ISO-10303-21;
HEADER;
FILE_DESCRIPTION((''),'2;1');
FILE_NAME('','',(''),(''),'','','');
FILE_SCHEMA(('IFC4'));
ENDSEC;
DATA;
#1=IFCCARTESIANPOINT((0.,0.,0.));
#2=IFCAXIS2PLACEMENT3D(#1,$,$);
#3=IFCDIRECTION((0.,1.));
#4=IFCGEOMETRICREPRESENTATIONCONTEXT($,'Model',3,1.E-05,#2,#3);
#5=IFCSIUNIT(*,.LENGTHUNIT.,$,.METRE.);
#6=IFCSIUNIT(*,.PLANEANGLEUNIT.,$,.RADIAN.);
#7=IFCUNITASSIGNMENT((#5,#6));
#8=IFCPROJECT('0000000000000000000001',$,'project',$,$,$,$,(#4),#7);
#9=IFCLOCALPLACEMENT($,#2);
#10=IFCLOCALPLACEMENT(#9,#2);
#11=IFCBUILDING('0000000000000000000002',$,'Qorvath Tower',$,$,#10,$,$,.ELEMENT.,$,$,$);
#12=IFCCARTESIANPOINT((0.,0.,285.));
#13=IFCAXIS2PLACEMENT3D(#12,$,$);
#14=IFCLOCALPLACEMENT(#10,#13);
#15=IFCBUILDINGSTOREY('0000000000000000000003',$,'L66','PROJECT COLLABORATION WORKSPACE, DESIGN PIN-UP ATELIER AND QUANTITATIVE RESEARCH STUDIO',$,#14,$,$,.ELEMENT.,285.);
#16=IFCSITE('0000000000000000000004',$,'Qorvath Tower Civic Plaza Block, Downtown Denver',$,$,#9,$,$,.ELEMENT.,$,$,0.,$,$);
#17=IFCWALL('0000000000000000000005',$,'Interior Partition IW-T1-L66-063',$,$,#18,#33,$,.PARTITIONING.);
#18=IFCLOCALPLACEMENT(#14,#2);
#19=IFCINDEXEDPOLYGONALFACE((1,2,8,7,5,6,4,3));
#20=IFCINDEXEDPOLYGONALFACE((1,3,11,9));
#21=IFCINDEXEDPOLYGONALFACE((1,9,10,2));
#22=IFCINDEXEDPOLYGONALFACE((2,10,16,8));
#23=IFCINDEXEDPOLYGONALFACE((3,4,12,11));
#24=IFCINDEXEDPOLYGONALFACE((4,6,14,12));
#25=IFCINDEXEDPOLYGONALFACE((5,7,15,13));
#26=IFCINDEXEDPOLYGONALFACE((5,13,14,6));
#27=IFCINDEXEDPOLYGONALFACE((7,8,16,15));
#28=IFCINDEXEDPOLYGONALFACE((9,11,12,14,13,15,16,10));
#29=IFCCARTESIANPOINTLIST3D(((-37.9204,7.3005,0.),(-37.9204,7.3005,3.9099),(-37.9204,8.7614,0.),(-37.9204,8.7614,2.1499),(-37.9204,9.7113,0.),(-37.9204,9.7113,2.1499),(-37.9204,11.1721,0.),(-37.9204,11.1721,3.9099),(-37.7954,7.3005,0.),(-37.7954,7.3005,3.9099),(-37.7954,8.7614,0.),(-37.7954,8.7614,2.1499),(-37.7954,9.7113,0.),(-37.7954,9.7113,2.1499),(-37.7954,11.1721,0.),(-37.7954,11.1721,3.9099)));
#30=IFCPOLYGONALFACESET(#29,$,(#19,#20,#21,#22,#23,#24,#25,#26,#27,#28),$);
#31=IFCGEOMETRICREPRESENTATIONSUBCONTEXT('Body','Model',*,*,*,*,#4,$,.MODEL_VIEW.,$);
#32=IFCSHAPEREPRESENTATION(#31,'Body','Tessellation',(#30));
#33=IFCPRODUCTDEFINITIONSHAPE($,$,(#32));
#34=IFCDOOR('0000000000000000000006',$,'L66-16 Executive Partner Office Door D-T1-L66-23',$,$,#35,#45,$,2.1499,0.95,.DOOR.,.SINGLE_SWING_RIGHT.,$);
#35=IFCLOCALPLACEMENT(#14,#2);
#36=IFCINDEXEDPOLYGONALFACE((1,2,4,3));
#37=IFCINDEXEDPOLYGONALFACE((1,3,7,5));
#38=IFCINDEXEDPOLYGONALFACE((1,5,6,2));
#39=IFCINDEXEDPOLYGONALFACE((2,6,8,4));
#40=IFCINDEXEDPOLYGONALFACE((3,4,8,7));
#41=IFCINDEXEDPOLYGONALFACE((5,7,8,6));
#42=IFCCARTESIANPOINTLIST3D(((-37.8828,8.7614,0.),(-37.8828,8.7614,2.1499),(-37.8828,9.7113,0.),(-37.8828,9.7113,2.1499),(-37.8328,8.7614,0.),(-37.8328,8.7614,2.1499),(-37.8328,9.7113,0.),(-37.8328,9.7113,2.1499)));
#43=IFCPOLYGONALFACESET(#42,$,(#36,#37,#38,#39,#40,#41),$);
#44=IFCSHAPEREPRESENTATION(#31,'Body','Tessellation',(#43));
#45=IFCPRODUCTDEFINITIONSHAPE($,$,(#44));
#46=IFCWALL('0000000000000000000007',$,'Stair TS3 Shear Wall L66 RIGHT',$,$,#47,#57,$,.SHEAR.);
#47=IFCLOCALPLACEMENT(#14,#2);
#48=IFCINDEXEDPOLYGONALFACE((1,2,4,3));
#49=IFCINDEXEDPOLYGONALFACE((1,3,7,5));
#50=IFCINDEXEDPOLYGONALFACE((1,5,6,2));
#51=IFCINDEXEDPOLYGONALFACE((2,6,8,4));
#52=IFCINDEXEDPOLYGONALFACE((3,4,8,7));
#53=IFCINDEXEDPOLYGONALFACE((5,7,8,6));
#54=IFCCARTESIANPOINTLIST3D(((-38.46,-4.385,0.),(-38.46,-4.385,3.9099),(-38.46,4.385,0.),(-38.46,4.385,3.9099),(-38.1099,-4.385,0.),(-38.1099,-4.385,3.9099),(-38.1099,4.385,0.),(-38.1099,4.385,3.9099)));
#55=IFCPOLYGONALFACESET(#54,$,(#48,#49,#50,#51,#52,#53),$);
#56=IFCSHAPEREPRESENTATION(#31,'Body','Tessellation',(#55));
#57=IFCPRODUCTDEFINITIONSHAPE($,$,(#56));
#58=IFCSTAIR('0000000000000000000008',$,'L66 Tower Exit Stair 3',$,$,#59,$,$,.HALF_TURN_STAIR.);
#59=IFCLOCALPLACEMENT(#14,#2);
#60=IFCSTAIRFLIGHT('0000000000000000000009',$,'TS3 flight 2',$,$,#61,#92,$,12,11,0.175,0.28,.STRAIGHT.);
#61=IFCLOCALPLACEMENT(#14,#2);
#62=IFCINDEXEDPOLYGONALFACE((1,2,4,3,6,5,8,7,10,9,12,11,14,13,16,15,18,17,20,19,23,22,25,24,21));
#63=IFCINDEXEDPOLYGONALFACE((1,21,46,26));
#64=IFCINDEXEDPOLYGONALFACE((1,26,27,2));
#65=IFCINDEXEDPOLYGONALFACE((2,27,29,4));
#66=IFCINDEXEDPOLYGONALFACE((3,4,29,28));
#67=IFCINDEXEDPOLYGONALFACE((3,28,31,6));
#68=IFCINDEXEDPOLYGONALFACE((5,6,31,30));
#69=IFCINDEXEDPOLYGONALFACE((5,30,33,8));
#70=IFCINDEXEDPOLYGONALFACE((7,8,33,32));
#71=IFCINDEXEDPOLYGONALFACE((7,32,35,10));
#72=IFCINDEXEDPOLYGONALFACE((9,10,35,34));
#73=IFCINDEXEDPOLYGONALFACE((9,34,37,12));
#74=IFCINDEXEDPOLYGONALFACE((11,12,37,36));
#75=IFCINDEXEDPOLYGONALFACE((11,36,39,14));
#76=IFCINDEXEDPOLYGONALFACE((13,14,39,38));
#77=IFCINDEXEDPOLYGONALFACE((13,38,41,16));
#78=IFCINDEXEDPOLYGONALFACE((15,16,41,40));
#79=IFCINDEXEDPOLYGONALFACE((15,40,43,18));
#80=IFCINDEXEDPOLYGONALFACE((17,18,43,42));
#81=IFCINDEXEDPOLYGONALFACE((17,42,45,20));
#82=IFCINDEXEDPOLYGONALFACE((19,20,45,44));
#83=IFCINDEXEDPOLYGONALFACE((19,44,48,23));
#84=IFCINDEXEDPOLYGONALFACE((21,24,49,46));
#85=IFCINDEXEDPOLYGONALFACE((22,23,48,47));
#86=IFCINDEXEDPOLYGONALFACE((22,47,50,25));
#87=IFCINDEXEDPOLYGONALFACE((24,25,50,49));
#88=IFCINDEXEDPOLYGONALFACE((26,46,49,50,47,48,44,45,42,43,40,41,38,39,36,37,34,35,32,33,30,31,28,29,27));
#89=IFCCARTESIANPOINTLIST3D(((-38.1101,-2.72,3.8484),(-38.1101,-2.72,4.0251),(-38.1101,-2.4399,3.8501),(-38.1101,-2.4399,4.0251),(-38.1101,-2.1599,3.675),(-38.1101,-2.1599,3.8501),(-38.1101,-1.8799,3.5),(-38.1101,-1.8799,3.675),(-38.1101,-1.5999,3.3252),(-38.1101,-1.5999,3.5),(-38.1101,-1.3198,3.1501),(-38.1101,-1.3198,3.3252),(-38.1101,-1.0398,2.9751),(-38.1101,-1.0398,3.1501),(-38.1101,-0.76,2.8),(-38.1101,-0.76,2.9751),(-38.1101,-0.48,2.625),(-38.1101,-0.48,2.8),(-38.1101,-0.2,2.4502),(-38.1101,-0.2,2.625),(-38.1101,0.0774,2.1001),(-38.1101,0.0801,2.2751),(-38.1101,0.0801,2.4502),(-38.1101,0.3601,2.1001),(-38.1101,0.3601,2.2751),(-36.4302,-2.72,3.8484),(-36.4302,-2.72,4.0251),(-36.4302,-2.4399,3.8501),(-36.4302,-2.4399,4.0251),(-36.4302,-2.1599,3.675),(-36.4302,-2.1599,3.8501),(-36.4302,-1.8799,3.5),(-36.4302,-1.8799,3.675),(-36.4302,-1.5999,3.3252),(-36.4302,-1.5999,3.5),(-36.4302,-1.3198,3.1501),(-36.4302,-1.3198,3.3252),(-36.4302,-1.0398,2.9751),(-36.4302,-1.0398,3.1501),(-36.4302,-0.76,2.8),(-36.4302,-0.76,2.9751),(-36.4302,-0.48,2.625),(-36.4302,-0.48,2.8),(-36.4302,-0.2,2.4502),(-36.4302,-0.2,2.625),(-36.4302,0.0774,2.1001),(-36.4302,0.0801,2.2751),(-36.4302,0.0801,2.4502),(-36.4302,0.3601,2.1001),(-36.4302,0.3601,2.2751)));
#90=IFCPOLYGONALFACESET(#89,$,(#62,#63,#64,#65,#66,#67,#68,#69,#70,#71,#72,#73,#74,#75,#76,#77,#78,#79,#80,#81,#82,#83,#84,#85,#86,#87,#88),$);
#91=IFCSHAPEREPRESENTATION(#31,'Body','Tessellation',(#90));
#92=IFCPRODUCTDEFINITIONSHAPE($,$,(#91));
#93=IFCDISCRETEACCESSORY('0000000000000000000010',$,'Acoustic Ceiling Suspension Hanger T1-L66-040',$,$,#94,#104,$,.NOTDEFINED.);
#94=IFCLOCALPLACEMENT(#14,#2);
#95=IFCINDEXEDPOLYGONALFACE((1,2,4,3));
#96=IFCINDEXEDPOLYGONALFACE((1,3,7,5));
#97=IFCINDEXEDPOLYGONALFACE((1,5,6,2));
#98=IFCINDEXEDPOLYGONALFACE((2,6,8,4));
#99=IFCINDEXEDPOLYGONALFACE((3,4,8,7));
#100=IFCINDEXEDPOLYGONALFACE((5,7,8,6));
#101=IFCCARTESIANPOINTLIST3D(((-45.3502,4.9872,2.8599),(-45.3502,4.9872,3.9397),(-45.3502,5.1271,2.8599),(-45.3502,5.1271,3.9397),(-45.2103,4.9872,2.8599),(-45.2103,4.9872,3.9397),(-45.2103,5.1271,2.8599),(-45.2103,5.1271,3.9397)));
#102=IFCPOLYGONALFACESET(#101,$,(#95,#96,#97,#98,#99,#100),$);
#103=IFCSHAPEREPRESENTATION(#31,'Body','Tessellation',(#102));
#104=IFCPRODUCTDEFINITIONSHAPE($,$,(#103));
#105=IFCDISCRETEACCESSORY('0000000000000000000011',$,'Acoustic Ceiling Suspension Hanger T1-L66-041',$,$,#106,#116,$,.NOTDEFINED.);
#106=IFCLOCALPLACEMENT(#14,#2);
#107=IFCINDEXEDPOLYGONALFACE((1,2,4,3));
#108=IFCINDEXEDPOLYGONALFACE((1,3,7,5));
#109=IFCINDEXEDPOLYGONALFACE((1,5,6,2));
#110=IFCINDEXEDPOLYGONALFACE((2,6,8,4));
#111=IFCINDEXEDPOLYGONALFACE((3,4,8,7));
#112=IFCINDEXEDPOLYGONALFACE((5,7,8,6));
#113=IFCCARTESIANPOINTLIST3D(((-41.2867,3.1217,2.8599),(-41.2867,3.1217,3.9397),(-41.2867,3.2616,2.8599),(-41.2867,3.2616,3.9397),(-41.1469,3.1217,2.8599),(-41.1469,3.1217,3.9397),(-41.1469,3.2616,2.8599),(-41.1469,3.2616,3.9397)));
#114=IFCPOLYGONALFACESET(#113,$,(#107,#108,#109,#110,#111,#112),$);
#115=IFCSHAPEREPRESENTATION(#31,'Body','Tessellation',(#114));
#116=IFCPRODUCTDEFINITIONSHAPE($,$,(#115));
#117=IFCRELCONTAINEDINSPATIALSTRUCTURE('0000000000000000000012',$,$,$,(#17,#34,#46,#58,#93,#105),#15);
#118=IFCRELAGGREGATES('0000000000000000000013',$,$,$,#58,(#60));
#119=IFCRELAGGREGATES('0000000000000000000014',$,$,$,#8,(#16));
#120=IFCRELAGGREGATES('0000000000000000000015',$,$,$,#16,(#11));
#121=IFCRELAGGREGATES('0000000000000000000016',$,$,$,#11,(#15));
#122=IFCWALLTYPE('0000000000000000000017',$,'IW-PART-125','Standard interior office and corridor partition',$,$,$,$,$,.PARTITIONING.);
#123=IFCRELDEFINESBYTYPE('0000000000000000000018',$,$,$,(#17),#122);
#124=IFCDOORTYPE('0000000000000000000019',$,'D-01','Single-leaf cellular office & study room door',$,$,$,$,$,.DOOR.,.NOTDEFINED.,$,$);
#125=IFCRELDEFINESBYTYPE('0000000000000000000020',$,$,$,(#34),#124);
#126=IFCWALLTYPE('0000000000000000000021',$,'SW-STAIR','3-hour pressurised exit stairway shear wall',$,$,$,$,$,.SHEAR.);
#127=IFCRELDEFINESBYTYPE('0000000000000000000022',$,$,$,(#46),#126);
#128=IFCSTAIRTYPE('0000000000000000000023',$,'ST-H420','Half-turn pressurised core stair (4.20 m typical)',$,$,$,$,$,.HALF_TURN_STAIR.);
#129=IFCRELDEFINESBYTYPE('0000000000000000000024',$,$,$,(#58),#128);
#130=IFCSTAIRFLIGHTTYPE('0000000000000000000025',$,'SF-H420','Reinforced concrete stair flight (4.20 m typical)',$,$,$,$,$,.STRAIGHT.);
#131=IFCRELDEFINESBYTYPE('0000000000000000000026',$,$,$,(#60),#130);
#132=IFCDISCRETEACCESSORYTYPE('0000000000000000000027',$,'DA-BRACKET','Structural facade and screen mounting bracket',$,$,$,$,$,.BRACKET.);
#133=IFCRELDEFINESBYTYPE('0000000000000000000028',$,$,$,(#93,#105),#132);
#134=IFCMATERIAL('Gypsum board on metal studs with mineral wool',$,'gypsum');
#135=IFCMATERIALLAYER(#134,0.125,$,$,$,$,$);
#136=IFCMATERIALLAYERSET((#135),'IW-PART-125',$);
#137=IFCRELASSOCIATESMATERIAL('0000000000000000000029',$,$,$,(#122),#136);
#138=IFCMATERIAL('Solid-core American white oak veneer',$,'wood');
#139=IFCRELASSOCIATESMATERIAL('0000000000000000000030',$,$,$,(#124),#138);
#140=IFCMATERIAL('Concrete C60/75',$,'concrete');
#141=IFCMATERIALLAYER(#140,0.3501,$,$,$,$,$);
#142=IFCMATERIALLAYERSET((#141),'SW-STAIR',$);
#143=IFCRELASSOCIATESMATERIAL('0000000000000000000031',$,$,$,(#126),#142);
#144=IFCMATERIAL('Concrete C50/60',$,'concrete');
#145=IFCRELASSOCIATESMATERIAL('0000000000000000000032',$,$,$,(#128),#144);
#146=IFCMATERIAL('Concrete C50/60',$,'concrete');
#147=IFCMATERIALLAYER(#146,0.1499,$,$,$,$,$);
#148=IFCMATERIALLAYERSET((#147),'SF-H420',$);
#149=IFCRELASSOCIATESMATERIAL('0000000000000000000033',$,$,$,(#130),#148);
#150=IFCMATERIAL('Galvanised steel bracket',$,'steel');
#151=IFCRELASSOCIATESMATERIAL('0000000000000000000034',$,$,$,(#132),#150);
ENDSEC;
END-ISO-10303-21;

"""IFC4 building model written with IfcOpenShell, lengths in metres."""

from ifc_helpers import new_model, si_unit, direction, frame, frame_2d, origin, origin_2d, place, context, subcontext, project, spatial, polyline, rectangle, outline, extrude, material, layer, layer_set, type_object, element, fill, aggregate, save


model = new_model("IFC4")

# Units and contexts
model_context = context("Model", 3, precision=1e-05, world=origin(), true_north=direction((0.0, 1.0)))
body_context = subcontext(model_context, "Body", "Model", "MODEL_VIEW")
ifc_project = project(units=[si_unit("LENGTHUNIT", "METRE"), si_unit("PLANEANGLEUNIT", "RADIAN")], contexts=[model_context])

# Site, building, storey
site_placement = place(None, origin())
site = spatial("IfcSite", under=ifc_project, at=site_placement, Name="Qorvath Tower Civic Plaza Block, Downtown Denver", CompositionType="ELEMENT", RefElevation=0.0)
building_placement = place(site_placement, origin())
building = spatial("IfcBuilding", under=site, at=building_placement, Name="Qorvath Tower", CompositionType="ELEMENT")
storey_placement = place(building_placement, frame((0.0, 0.0, 285.0)))
storey = spatial("IfcBuildingStorey", under=building, at=storey_placement, Name="L66", Description="PROJECT COLLABORATION WORKSPACE, DESIGN PIN-UP ATELIER AND QUANTITATIVE RESEARCH STUDIO", CompositionType="ELEMENT", Elevation=285.0)

# Shared definitions
ifc_material_1 = material(Name="Gypsum board on metal studs with mineral wool", Category="gypsum")
ifc_layer_1 = layer(ifc_material_1, 0.125)
ifc_layer_set_1 = layer_set([ifc_layer_1], Name="IW-PART-125")
wall_type_1 = type_object("IfcWallType", Name="IW-PART-125", Description="Standard interior office and corridor partition", PredefinedType="PARTITIONING", material=ifc_layer_set_1)

# Shared definitions
ifc_material_2 = material(Name="Solid-core American white oak veneer", Category="wood")
door_type = type_object("IfcDoorType", Name="D-01", Description="Single-leaf cellular office & study room door", OperationType="NOTDEFINED", PredefinedType="DOOR", material=ifc_material_2)

# Wall, opening, door
wall_1_placement = place(storey_placement, frame((-37.8579, 7.3005, 0.0), z_axis=(0.0, 0.0, 1.0), x_axis=(0.0, 1.0, 0.0)))
wall_1 = element("IfcWall", 1, at=wall_1_placement, inside=storey, type_object=wall_type_1, Name="Interior Partition IW-T1-L66-063", PredefinedType="PARTITIONING", context=body_context, shape_type="SweptSolid", body=[
    extrude(rectangle(XDim=3.8716, YDim=0.125, at=frame_2d((1.9358, 0.0))), origin(), (0.0, 0.0, 1.0), 3.9099),
])
opening_1_placement = place(wall_1_placement, frame((1.4607, 0.0, 0.0)))
opening_1 = element("IfcOpeningElement", 2, at=opening_1_placement, cuts=wall_1, PredefinedType="OPENING", context=body_context, shape_type="SweptSolid", body=[
    extrude(rectangle(XDim=0.95, YDim=2.1499, at=frame_2d((0.4751, 1.075))), frame((0.0, 0.0725, 0.0), z_axis=(0.0, -1.0, 0.0), x_axis=(1.0, 0.0, 0.0)), (0.0, 0.0, 1.0), 0.145),
])
door_1_placement = place(opening_1_placement, origin())
door_1 = element("IfcDoor", 3, at=door_1_placement, inside=storey, type_object=door_type, Name="L66-16 Executive Partner Office Door D-T1-L66-23", OperationType="SINGLE_SWING_RIGHT", OverallHeight=2.1499, OverallWidth=0.95, PredefinedType="DOOR", context=body_context, shape_type="SweptSolid", body=[
    extrude(rectangle(XDim=0.95, YDim=2.1499, at=frame_2d((0.4751, 1.075))), frame((0.0, 0.0249, 0.0), z_axis=(0.0, -1.0, 0.0), x_axis=(1.0, 0.0, 0.0)), (0.0, 0.0, 1.0), 0.05),
])
fill(opening_1, door_1)

# Wall
ifc_material_3 = material(Name="Concrete C60/75", Category="concrete")
ifc_layer_2 = layer(ifc_material_3, 0.3501)
ifc_layer_set_2 = layer_set([ifc_layer_2], Name="SW-STAIR")
wall_type_2 = type_object("IfcWallType", Name="SW-STAIR", Description="3-hour pressurised exit stairway shear wall", PredefinedType="SHEAR", material=ifc_layer_set_2)
wall_2_placement = place(storey_placement, frame((-38.2849, 4.385, 0.0), z_axis=(0.0, 0.0, 1.0), x_axis=(0.0, -1.0, 0.0)))
element("IfcWall", 4, at=wall_2_placement, inside=storey, type_object=wall_type_2, Name="Stair TS3 Shear Wall L66 RIGHT", PredefinedType="SHEAR", context=body_context, shape_type="SweptSolid", body=[
    extrude(rectangle(XDim=8.77, YDim=0.3501, at=frame_2d((4.385, 0.0))), origin(), (0.0, 0.0, 1.0), 3.9099),
])

# Stair, stair flight
ifc_material_4 = material(Name="Concrete C50/60", Category="concrete")
stair_type = type_object("IfcStairType", Name="ST-H420", Description="Half-turn pressurised core stair (4.20 m typical)", PredefinedType="HALF_TURN_STAIR", material=ifc_material_4)
stair_placement = place(storey_placement, origin())
stair = element("IfcStair", 5, at=stair_placement, inside=storey, type_object=stair_type, Name="L66 Tower Exit Stair 3", PredefinedType="HALF_TURN_STAIR")
ifc_material_5 = material(Name="Concrete C50/60", Category="concrete")
ifc_layer_3 = layer(ifc_material_5, 0.1499)
ifc_layer_set_3 = layer_set([ifc_layer_3], Name="SF-H420")
stair_flight_type = type_object("IfcStairFlightType", Name="SF-H420", Description="Reinforced concrete stair flight (4.20 m typical)", PredefinedType="STRAIGHT", material=ifc_layer_set_3)
stair_flight_placement = place(storey_placement, frame((-37.27, 0.3601, 2.1001), z_axis=(0.0, 0.0, 1.0), x_axis=(0.0, -1.0, 0.0)))
stair_flight = element("IfcStairFlight", 6, at=stair_flight_placement, type_object=stair_flight_type, Name="TS3 flight 2", NumberOfRisers=12, NumberOfTreads=11, PredefinedType="STRAIGHT", RiserHeight=0.175, TreadLength=0.28, context=body_context, shape_type="SweptSolid", body=[
    extrude(outline(polyline([(0.0, 0.0), (0.0, 0.175), (0.28, 0.175), (0.28, 0.3501), (0.5601, 0.3501), (0.5601, 0.5249), (0.8401, 0.5249), (0.8401, 0.7), (1.1201, 0.7), (1.1201, 0.875), (1.3999, 0.875), (1.3999, 1.05), (1.6799, 1.05), (1.6799, 1.2251), (1.96, 1.2251), (1.96, 1.3999), (2.24, 1.3999), (2.24, 1.575), (2.52, 1.575), (2.52, 1.75), (2.8, 1.75), (2.8, 1.925), (3.0801, 1.925), (3.0801, 2.1001), (3.0801, 1.7483), (0.2827, 0.0), (0.0, 0.0)])), frame((0.0, 0.8398, 0.0), z_axis=(0.0, -1.0, 0.0), x_axis=(1.0, 0.0, 0.0)), (0.0, 0.0, 1.0), 1.6799),
])
aggregate(stair, [stair_flight])

# Discrete accessories
ifc_material_6 = material(Name="Galvanised steel bracket", Category="steel")
discrete_accessory_type = type_object("IfcDiscreteAccessoryType", Name="DA-BRACKET", Description="Structural facade and screen mounting bracket", PredefinedType="BRACKET", material=ifc_material_6)
for number, where, z_axis, x_axis, name in (
    (7, (-45.2803, 5.0571, 2.8599), (0.0, 0.0, 1.0), (1.0, 0.0, 0.0), "Acoustic Ceiling Suspension Hanger T1-L66-040"),
    (8, (-41.2168, 3.1917, 2.8599), (0.0, 0.0, 1.0), (1.0, 0.0, 0.0), "Acoustic Ceiling Suspension Hanger T1-L66-041"),
):
    element("IfcDiscreteAccessory", number, at=place(storey_placement, frame(where, z_axis=z_axis, x_axis=x_axis)), inside=storey, type_object=discrete_accessory_type, Name=name, PredefinedType="NOTDEFINED", context=body_context, shape_type="SweptSolid", body=[
        extrude(rectangle(XDim=0.1399, YDim=0.1399, at=origin_2d()), origin(), (0.0, 0.0, 1.0), 1.0798),
    ])

save(model, "model.ifc")
